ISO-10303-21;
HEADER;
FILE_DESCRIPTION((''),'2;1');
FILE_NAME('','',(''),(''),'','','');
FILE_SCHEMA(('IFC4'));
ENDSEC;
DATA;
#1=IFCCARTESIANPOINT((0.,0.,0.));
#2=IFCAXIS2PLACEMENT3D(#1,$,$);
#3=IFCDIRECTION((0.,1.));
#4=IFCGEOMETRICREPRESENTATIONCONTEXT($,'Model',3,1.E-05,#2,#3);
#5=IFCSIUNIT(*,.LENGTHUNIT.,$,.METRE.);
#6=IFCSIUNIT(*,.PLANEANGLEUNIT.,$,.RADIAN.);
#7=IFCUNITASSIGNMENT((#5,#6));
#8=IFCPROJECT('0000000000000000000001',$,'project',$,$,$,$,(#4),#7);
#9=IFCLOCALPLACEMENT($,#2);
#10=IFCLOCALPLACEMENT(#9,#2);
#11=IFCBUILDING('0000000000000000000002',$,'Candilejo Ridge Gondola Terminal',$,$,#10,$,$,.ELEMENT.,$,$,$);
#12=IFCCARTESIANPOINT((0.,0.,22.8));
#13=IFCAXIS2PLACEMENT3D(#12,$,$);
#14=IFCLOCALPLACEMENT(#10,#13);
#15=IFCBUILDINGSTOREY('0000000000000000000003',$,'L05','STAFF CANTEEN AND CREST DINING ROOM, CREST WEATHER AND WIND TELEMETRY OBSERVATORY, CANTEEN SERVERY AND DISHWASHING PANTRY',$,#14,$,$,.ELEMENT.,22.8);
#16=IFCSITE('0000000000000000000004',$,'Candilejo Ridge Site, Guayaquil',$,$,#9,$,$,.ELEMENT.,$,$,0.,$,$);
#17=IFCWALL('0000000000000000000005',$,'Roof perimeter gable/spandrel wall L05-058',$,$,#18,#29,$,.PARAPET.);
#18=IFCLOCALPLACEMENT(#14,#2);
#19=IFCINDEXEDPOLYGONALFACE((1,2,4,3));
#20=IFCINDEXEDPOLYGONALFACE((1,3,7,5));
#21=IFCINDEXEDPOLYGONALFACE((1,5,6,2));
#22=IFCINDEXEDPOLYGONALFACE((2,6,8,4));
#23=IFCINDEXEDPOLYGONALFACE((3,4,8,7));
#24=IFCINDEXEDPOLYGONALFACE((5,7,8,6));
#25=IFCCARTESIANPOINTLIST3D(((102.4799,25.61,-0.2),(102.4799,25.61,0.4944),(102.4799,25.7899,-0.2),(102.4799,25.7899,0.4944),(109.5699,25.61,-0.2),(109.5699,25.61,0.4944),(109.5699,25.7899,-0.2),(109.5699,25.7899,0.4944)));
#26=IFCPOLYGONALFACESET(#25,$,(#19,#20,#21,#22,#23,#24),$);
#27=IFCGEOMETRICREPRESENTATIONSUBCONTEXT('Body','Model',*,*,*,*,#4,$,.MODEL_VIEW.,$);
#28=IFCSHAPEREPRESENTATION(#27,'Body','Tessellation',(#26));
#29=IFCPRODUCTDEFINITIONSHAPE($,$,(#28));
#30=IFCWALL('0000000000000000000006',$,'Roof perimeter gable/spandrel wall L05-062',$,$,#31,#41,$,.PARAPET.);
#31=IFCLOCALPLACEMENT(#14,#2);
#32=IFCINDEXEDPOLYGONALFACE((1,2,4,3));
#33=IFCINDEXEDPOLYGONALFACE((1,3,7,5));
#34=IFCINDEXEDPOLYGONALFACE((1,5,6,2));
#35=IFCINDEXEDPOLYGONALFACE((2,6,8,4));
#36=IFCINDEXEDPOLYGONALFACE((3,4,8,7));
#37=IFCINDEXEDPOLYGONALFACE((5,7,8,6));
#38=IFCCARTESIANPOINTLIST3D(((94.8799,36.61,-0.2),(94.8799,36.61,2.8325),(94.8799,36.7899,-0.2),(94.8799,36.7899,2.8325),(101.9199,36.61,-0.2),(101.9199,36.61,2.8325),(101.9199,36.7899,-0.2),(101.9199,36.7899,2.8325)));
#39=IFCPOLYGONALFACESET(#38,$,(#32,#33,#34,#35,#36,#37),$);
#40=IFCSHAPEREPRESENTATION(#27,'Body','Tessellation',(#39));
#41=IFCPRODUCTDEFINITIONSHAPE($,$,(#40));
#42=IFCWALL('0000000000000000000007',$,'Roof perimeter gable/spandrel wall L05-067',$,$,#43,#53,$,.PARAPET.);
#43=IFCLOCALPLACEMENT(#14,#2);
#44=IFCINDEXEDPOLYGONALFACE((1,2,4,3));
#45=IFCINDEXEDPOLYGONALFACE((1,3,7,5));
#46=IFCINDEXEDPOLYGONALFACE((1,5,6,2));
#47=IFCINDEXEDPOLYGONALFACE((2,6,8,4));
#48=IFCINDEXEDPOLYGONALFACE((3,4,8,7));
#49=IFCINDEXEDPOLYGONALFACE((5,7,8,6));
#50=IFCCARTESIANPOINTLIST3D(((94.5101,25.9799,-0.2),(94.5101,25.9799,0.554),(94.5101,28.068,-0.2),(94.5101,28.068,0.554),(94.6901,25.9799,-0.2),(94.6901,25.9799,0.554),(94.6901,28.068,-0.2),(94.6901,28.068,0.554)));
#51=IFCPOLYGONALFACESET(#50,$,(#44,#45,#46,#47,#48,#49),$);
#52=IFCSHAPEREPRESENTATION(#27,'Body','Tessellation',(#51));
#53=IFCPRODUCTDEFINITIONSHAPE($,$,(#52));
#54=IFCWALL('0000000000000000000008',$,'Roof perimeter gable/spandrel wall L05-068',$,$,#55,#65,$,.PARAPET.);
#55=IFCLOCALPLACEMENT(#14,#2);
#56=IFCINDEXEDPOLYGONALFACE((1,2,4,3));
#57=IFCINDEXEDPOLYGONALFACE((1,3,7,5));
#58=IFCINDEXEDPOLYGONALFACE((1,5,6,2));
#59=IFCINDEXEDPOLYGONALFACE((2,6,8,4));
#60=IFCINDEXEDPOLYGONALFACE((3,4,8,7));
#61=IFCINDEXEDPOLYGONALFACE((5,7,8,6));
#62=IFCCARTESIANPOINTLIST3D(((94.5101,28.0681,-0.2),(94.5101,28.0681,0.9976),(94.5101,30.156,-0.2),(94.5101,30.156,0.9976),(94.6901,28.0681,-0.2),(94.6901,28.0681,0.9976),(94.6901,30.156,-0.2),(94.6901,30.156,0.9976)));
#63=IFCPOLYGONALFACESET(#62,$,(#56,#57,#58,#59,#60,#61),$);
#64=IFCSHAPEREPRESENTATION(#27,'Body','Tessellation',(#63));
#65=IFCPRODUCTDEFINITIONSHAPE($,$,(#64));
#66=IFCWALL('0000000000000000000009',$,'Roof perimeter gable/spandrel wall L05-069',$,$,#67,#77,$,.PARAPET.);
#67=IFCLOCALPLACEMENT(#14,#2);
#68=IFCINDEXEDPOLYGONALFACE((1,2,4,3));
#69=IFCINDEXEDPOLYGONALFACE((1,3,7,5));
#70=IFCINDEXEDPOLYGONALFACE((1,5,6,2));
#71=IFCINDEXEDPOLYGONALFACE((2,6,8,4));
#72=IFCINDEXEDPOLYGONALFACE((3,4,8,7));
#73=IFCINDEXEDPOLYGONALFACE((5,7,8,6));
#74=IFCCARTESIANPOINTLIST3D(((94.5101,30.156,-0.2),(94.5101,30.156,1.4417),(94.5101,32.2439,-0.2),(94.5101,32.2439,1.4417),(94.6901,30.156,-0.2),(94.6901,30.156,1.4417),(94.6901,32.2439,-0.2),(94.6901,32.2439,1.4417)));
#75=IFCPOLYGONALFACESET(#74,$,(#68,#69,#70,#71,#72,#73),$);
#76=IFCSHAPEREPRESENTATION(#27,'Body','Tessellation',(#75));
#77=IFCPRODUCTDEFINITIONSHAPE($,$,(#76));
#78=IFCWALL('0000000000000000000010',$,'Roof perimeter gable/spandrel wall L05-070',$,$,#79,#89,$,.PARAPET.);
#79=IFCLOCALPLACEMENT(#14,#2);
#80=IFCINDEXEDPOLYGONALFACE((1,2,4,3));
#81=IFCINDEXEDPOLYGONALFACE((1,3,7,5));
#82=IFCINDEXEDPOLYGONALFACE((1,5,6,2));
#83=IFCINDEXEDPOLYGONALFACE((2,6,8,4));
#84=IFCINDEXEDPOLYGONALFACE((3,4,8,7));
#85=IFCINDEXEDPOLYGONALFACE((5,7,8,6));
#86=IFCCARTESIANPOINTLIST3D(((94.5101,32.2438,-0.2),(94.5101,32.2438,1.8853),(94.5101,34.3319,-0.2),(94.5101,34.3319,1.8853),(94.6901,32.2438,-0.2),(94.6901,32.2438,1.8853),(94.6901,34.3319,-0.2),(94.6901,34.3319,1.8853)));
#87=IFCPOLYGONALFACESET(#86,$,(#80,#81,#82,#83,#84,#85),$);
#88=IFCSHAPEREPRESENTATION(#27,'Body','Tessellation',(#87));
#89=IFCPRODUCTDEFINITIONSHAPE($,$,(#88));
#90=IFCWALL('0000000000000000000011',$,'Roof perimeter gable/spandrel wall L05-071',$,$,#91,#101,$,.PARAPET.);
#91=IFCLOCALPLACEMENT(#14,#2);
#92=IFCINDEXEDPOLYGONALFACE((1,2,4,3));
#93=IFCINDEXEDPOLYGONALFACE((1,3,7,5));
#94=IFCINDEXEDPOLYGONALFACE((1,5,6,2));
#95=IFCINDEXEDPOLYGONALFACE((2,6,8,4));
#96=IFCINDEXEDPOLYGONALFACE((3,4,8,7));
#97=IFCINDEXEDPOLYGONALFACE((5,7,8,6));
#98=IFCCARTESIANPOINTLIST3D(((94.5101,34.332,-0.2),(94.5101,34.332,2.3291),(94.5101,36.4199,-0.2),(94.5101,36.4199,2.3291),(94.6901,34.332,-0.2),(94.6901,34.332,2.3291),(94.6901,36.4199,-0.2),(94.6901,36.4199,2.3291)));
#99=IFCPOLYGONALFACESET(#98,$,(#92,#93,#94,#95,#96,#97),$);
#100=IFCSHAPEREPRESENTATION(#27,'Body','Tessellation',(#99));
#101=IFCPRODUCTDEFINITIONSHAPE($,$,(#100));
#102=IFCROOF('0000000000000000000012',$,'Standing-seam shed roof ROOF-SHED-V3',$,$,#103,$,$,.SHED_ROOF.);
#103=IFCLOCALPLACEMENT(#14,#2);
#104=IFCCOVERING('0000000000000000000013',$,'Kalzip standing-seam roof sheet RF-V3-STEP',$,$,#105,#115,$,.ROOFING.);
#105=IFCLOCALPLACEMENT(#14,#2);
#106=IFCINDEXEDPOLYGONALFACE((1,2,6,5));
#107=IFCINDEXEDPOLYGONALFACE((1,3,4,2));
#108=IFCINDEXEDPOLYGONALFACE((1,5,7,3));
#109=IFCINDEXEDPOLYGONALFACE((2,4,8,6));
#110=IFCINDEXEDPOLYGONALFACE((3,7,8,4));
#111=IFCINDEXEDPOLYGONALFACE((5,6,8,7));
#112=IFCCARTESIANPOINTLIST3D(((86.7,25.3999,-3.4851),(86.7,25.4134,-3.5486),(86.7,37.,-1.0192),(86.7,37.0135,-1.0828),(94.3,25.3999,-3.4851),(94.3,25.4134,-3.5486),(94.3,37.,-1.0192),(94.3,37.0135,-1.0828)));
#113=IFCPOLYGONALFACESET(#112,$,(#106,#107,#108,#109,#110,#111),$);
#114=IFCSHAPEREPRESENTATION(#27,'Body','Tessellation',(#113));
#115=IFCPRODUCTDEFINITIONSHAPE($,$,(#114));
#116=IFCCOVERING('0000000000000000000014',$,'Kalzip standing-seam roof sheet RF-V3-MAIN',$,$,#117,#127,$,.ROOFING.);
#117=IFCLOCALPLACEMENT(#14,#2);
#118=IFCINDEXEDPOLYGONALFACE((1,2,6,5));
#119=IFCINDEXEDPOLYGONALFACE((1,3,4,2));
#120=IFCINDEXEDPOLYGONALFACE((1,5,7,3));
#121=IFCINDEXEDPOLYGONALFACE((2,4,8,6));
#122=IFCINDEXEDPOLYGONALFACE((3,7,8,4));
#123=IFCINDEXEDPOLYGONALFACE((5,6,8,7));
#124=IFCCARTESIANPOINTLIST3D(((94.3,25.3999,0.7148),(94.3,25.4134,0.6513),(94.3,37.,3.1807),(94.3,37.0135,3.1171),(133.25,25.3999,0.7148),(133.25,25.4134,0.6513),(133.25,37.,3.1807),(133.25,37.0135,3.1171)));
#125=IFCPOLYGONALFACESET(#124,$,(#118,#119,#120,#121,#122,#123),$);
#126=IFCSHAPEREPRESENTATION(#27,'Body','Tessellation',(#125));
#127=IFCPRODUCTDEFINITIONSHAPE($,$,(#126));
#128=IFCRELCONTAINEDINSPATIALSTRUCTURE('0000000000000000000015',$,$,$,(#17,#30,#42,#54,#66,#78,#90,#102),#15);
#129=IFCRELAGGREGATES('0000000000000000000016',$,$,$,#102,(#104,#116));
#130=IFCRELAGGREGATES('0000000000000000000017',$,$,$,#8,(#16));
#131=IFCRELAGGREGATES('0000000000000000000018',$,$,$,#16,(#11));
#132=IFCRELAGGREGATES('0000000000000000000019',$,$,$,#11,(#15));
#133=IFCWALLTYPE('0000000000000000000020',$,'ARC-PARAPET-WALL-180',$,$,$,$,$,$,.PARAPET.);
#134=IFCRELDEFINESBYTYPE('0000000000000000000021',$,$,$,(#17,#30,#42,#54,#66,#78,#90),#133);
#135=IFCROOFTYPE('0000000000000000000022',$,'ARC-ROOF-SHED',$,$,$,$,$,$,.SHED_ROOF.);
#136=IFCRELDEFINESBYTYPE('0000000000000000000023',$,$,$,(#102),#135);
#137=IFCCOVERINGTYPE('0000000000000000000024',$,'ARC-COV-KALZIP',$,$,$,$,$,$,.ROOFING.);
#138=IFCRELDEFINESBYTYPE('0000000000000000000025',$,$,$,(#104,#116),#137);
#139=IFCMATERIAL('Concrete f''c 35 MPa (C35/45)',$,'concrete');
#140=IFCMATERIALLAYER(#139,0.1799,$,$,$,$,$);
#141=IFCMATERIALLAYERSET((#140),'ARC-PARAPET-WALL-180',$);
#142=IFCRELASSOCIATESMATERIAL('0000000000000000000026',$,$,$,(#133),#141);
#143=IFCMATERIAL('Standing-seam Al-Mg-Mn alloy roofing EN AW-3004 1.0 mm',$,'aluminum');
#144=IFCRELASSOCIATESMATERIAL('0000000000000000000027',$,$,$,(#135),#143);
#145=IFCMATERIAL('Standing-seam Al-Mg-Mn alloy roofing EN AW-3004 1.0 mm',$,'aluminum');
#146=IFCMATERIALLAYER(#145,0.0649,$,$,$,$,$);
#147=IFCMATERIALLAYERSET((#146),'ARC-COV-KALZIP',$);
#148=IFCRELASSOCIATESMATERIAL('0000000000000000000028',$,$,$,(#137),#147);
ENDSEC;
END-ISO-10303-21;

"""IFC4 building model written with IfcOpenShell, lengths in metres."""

from ifc_helpers import new_model, si_unit, direction, frame, frame_2d, origin, place, context, subcontext, project, spatial, polyline, rectangle, outline, extrude, material, layer, layer_set, type_object, element, aggregate, save


model = new_model("IFC4")

# Units and contexts
model_context = context("Model", 3, precision=1e-05, world=origin(), true_north=direction((0.0, 1.0)))
body_context = subcontext(model_context, "Body", "Model", "MODEL_VIEW")
ifc_project = project(units=[si_unit("LENGTHUNIT", "METRE"), si_unit("PLANEANGLEUNIT", "RADIAN")], contexts=[model_context])

# Site, building, storey
site_placement = place(None, origin())
site = spatial("IfcSite", under=ifc_project, at=site_placement, Name="Candilejo Ridge Site, Guayaquil", CompositionType="ELEMENT", RefElevation=0.0)
building_placement = place(site_placement, origin())
building = spatial("IfcBuilding", under=site, at=building_placement, Name="Candilejo Ridge Gondola Terminal", CompositionType="ELEMENT")
storey_placement = place(building_placement, frame((0.0, 0.0, 22.8)))
storey = spatial("IfcBuildingStorey", under=building, at=storey_placement, Name="L05", Description="STAFF CANTEEN AND CREST DINING ROOM, CREST WEATHER AND WIND TELEMETRY OBSERVATORY, CANTEEN SERVERY AND DISHWASHING PANTRY", CompositionType="ELEMENT", Elevation=22.8)

# Walls
ifc_material_1 = material(Name="Concrete f'c 35 MPa (C35/45)", Category="concrete")
ifc_layer_1 = layer(ifc_material_1, 0.1799)
ifc_layer_set_1 = layer_set([ifc_layer_1], Name="ARC-PARAPET-WALL-180")
wall_type = type_object("IfcWallType", Name="ARC-PARAPET-WALL-180", PredefinedType="PARAPET", material=ifc_layer_set_1)
wall_1_placement = place(storey_placement, frame((102.48, 25.7, -0.2), z_axis=(0.0, 0.0, 1.0), x_axis=(1.0, 0.0, 0.0)))
element("IfcWall", 1, at=wall_1_placement, inside=storey, type_object=wall_type, Name="Roof perimeter gable/spandrel wall L05-058", PredefinedType="PARAPET", context=body_context, shape_type="SweptSolid", body=[
    extrude(rectangle(XDim=7.0901, YDim=0.1799, at=frame_2d((3.5449, 0.0))), origin(), (0.0, 0.0, 1.0), 0.6943),
])
wall_2_placement = place(storey_placement, frame((94.8799, 36.7, -0.2), z_axis=(0.0, 0.0, 1.0), x_axis=(1.0, 0.0, 0.0)))
element("IfcWall", 2, at=wall_2_placement, inside=storey, type_object=wall_type, Name="Roof perimeter gable/spandrel wall L05-062", PredefinedType="PARAPET", context=body_context, shape_type="SweptSolid", body=[
    extrude(rectangle(XDim=7.04, YDim=0.1799, at=frame_2d((3.52, 0.0))), origin(), (0.0, 0.0, 1.0), 3.0325),
])
wall_3_placement = place(storey_placement, frame((94.6001, 25.98, -0.2), z_axis=(0.0, 0.0, 1.0), x_axis=(0.0, 1.0, 0.0)))
element("IfcWall", 3, at=wall_3_placement, inside=storey, type_object=wall_type, Name="Roof perimeter gable/spandrel wall L05-067", PredefinedType="PARAPET", context=body_context, shape_type="SweptSolid", body=[
    extrude(rectangle(XDim=2.0881, YDim=0.1799, at=frame_2d((1.0439, 0.0))), origin(), (0.0, 0.0, 1.0), 0.7539),
])
wall_4_placement = place(storey_placement, frame((94.6001, 28.0681, -0.2), z_axis=(0.0, 0.0, 1.0), x_axis=(0.0, 1.0, 0.0)))
element("IfcWall", 4, at=wall_4_placement, inside=storey, type_object=wall_type, Name="Roof perimeter gable/spandrel wall L05-068", PredefinedType="PARAPET", context=body_context, shape_type="SweptSolid", body=[
    extrude(rectangle(XDim=2.0879, YDim=0.1799, at=frame_2d((1.0439, 0.0))), origin(), (0.0, 0.0, 1.0), 1.1975),
])
wall_5_placement = place(storey_placement, frame((94.6001, 30.156, -0.2), z_axis=(0.0, 0.0, 1.0), x_axis=(0.0, 1.0, 0.0)))
element("IfcWall", 5, at=wall_5_placement, inside=storey, type_object=wall_type, Name="Roof perimeter gable/spandrel wall L05-069", PredefinedType="PARAPET", context=body_context, shape_type="SweptSolid", body=[
    extrude(rectangle(XDim=2.0879, YDim=0.1799, at=frame_2d((1.0439, 0.0))), origin(), (0.0, 0.0, 1.0), 1.6416),
])
wall_6_placement = place(storey_placement, frame((94.6001, 32.2439, -0.2), z_axis=(0.0, 0.0, 1.0), x_axis=(0.0, 1.0, 0.0)))
element("IfcWall", 6, at=wall_6_placement, inside=storey, type_object=wall_type, Name="Roof perimeter gable/spandrel wall L05-070", PredefinedType="PARAPET", context=body_context, shape_type="SweptSolid", body=[
    extrude(rectangle(XDim=2.0881, YDim=0.1799, at=frame_2d((1.0439, 0.0))), origin(), (0.0, 0.0, 1.0), 2.0852),
])
wall_7_placement = place(storey_placement, frame((94.6001, 34.332, -0.2), z_axis=(0.0, 0.0, 1.0), x_axis=(0.0, 1.0, 0.0)))
element("IfcWall", 7, at=wall_7_placement, inside=storey, type_object=wall_type, Name="Roof perimeter gable/spandrel wall L05-071", PredefinedType="PARAPET", context=body_context, shape_type="SweptSolid", body=[
    extrude(rectangle(XDim=2.0879, YDim=0.1799, at=frame_2d((1.0439, 0.0))), origin(), (0.0, 0.0, 1.0), 2.5291),
])

# Roof, coverings
ifc_material_2 = material(Name="Standing-seam Al-Mg-Mn alloy roofing EN AW-3004 1.0 mm", Category="aluminum")
roof_type = type_object("IfcRoofType", Name="ARC-ROOF-SHED", PredefinedType="SHED_ROOF", material=ifc_material_2)
roof_placement = place(storey_placement, origin())
roof = element("IfcRoof", 8, at=roof_placement, inside=storey, type_object=roof_type, Name="Standing-seam shed roof ROOF-SHED-V3", PredefinedType="SHED_ROOF")
ifc_material_3 = material(Name="Standing-seam Al-Mg-Mn alloy roofing EN AW-3004 1.0 mm", Category="aluminum")
ifc_layer_2 = layer(ifc_material_3, 0.0649)
ifc_layer_set_2 = layer_set([ifc_layer_2], Name="ARC-COV-KALZIP")
covering_type = type_object("IfcCoveringType", Name="ARC-COV-KALZIP", PredefinedType="ROOFING", material=ifc_layer_set_2)
placement = place(building_placement, frame((0.0, 0.0, 18.6001)))
covering_1_placement = place(placement, frame((86.7, 25.3999, 0.7148), z_axis=(0.0, -0.207923, 0.978145), x_axis=(1.0, 0.0, 0.0)))
covering_1 = element("IfcCovering", 9, at=covering_1_placement, type_object=covering_type, Name="Kalzip standing-seam roof sheet RF-V3-STEP", PredefinedType="ROOFING", context=body_context, shape_type="SweptSolid", body=[
    extrude(outline(polyline([(0.0, 0.0), (7.6001, 0.0), (7.6001, 11.8593), (0.0, 11.8593), (0.0, 0.0)])), origin(), (0.0, 0.0, -1.0), 0.0649),
])
covering_2_placement = place(storey_placement, frame((94.3, 25.3999, 0.7148), z_axis=(0.0, -0.207923, 0.978145), x_axis=(1.0, 0.0, 0.0)))
covering_2 = element("IfcCovering", 10, at=covering_2_placement, type_object=covering_type, Name="Kalzip standing-seam roof sheet RF-V3-MAIN", PredefinedType="ROOFING", context=body_context, shape_type="SweptSolid", body=[
    extrude(outline(polyline([(0.0, 0.0), (38.95, 0.0), (38.95, 11.8593), (0.0, 11.8593), (0.0, 0.0)])), origin(), (0.0, 0.0, -1.0), 0.0649),
])
aggregate(roof, [covering_1, covering_2])

save(model, "model.ifc")
